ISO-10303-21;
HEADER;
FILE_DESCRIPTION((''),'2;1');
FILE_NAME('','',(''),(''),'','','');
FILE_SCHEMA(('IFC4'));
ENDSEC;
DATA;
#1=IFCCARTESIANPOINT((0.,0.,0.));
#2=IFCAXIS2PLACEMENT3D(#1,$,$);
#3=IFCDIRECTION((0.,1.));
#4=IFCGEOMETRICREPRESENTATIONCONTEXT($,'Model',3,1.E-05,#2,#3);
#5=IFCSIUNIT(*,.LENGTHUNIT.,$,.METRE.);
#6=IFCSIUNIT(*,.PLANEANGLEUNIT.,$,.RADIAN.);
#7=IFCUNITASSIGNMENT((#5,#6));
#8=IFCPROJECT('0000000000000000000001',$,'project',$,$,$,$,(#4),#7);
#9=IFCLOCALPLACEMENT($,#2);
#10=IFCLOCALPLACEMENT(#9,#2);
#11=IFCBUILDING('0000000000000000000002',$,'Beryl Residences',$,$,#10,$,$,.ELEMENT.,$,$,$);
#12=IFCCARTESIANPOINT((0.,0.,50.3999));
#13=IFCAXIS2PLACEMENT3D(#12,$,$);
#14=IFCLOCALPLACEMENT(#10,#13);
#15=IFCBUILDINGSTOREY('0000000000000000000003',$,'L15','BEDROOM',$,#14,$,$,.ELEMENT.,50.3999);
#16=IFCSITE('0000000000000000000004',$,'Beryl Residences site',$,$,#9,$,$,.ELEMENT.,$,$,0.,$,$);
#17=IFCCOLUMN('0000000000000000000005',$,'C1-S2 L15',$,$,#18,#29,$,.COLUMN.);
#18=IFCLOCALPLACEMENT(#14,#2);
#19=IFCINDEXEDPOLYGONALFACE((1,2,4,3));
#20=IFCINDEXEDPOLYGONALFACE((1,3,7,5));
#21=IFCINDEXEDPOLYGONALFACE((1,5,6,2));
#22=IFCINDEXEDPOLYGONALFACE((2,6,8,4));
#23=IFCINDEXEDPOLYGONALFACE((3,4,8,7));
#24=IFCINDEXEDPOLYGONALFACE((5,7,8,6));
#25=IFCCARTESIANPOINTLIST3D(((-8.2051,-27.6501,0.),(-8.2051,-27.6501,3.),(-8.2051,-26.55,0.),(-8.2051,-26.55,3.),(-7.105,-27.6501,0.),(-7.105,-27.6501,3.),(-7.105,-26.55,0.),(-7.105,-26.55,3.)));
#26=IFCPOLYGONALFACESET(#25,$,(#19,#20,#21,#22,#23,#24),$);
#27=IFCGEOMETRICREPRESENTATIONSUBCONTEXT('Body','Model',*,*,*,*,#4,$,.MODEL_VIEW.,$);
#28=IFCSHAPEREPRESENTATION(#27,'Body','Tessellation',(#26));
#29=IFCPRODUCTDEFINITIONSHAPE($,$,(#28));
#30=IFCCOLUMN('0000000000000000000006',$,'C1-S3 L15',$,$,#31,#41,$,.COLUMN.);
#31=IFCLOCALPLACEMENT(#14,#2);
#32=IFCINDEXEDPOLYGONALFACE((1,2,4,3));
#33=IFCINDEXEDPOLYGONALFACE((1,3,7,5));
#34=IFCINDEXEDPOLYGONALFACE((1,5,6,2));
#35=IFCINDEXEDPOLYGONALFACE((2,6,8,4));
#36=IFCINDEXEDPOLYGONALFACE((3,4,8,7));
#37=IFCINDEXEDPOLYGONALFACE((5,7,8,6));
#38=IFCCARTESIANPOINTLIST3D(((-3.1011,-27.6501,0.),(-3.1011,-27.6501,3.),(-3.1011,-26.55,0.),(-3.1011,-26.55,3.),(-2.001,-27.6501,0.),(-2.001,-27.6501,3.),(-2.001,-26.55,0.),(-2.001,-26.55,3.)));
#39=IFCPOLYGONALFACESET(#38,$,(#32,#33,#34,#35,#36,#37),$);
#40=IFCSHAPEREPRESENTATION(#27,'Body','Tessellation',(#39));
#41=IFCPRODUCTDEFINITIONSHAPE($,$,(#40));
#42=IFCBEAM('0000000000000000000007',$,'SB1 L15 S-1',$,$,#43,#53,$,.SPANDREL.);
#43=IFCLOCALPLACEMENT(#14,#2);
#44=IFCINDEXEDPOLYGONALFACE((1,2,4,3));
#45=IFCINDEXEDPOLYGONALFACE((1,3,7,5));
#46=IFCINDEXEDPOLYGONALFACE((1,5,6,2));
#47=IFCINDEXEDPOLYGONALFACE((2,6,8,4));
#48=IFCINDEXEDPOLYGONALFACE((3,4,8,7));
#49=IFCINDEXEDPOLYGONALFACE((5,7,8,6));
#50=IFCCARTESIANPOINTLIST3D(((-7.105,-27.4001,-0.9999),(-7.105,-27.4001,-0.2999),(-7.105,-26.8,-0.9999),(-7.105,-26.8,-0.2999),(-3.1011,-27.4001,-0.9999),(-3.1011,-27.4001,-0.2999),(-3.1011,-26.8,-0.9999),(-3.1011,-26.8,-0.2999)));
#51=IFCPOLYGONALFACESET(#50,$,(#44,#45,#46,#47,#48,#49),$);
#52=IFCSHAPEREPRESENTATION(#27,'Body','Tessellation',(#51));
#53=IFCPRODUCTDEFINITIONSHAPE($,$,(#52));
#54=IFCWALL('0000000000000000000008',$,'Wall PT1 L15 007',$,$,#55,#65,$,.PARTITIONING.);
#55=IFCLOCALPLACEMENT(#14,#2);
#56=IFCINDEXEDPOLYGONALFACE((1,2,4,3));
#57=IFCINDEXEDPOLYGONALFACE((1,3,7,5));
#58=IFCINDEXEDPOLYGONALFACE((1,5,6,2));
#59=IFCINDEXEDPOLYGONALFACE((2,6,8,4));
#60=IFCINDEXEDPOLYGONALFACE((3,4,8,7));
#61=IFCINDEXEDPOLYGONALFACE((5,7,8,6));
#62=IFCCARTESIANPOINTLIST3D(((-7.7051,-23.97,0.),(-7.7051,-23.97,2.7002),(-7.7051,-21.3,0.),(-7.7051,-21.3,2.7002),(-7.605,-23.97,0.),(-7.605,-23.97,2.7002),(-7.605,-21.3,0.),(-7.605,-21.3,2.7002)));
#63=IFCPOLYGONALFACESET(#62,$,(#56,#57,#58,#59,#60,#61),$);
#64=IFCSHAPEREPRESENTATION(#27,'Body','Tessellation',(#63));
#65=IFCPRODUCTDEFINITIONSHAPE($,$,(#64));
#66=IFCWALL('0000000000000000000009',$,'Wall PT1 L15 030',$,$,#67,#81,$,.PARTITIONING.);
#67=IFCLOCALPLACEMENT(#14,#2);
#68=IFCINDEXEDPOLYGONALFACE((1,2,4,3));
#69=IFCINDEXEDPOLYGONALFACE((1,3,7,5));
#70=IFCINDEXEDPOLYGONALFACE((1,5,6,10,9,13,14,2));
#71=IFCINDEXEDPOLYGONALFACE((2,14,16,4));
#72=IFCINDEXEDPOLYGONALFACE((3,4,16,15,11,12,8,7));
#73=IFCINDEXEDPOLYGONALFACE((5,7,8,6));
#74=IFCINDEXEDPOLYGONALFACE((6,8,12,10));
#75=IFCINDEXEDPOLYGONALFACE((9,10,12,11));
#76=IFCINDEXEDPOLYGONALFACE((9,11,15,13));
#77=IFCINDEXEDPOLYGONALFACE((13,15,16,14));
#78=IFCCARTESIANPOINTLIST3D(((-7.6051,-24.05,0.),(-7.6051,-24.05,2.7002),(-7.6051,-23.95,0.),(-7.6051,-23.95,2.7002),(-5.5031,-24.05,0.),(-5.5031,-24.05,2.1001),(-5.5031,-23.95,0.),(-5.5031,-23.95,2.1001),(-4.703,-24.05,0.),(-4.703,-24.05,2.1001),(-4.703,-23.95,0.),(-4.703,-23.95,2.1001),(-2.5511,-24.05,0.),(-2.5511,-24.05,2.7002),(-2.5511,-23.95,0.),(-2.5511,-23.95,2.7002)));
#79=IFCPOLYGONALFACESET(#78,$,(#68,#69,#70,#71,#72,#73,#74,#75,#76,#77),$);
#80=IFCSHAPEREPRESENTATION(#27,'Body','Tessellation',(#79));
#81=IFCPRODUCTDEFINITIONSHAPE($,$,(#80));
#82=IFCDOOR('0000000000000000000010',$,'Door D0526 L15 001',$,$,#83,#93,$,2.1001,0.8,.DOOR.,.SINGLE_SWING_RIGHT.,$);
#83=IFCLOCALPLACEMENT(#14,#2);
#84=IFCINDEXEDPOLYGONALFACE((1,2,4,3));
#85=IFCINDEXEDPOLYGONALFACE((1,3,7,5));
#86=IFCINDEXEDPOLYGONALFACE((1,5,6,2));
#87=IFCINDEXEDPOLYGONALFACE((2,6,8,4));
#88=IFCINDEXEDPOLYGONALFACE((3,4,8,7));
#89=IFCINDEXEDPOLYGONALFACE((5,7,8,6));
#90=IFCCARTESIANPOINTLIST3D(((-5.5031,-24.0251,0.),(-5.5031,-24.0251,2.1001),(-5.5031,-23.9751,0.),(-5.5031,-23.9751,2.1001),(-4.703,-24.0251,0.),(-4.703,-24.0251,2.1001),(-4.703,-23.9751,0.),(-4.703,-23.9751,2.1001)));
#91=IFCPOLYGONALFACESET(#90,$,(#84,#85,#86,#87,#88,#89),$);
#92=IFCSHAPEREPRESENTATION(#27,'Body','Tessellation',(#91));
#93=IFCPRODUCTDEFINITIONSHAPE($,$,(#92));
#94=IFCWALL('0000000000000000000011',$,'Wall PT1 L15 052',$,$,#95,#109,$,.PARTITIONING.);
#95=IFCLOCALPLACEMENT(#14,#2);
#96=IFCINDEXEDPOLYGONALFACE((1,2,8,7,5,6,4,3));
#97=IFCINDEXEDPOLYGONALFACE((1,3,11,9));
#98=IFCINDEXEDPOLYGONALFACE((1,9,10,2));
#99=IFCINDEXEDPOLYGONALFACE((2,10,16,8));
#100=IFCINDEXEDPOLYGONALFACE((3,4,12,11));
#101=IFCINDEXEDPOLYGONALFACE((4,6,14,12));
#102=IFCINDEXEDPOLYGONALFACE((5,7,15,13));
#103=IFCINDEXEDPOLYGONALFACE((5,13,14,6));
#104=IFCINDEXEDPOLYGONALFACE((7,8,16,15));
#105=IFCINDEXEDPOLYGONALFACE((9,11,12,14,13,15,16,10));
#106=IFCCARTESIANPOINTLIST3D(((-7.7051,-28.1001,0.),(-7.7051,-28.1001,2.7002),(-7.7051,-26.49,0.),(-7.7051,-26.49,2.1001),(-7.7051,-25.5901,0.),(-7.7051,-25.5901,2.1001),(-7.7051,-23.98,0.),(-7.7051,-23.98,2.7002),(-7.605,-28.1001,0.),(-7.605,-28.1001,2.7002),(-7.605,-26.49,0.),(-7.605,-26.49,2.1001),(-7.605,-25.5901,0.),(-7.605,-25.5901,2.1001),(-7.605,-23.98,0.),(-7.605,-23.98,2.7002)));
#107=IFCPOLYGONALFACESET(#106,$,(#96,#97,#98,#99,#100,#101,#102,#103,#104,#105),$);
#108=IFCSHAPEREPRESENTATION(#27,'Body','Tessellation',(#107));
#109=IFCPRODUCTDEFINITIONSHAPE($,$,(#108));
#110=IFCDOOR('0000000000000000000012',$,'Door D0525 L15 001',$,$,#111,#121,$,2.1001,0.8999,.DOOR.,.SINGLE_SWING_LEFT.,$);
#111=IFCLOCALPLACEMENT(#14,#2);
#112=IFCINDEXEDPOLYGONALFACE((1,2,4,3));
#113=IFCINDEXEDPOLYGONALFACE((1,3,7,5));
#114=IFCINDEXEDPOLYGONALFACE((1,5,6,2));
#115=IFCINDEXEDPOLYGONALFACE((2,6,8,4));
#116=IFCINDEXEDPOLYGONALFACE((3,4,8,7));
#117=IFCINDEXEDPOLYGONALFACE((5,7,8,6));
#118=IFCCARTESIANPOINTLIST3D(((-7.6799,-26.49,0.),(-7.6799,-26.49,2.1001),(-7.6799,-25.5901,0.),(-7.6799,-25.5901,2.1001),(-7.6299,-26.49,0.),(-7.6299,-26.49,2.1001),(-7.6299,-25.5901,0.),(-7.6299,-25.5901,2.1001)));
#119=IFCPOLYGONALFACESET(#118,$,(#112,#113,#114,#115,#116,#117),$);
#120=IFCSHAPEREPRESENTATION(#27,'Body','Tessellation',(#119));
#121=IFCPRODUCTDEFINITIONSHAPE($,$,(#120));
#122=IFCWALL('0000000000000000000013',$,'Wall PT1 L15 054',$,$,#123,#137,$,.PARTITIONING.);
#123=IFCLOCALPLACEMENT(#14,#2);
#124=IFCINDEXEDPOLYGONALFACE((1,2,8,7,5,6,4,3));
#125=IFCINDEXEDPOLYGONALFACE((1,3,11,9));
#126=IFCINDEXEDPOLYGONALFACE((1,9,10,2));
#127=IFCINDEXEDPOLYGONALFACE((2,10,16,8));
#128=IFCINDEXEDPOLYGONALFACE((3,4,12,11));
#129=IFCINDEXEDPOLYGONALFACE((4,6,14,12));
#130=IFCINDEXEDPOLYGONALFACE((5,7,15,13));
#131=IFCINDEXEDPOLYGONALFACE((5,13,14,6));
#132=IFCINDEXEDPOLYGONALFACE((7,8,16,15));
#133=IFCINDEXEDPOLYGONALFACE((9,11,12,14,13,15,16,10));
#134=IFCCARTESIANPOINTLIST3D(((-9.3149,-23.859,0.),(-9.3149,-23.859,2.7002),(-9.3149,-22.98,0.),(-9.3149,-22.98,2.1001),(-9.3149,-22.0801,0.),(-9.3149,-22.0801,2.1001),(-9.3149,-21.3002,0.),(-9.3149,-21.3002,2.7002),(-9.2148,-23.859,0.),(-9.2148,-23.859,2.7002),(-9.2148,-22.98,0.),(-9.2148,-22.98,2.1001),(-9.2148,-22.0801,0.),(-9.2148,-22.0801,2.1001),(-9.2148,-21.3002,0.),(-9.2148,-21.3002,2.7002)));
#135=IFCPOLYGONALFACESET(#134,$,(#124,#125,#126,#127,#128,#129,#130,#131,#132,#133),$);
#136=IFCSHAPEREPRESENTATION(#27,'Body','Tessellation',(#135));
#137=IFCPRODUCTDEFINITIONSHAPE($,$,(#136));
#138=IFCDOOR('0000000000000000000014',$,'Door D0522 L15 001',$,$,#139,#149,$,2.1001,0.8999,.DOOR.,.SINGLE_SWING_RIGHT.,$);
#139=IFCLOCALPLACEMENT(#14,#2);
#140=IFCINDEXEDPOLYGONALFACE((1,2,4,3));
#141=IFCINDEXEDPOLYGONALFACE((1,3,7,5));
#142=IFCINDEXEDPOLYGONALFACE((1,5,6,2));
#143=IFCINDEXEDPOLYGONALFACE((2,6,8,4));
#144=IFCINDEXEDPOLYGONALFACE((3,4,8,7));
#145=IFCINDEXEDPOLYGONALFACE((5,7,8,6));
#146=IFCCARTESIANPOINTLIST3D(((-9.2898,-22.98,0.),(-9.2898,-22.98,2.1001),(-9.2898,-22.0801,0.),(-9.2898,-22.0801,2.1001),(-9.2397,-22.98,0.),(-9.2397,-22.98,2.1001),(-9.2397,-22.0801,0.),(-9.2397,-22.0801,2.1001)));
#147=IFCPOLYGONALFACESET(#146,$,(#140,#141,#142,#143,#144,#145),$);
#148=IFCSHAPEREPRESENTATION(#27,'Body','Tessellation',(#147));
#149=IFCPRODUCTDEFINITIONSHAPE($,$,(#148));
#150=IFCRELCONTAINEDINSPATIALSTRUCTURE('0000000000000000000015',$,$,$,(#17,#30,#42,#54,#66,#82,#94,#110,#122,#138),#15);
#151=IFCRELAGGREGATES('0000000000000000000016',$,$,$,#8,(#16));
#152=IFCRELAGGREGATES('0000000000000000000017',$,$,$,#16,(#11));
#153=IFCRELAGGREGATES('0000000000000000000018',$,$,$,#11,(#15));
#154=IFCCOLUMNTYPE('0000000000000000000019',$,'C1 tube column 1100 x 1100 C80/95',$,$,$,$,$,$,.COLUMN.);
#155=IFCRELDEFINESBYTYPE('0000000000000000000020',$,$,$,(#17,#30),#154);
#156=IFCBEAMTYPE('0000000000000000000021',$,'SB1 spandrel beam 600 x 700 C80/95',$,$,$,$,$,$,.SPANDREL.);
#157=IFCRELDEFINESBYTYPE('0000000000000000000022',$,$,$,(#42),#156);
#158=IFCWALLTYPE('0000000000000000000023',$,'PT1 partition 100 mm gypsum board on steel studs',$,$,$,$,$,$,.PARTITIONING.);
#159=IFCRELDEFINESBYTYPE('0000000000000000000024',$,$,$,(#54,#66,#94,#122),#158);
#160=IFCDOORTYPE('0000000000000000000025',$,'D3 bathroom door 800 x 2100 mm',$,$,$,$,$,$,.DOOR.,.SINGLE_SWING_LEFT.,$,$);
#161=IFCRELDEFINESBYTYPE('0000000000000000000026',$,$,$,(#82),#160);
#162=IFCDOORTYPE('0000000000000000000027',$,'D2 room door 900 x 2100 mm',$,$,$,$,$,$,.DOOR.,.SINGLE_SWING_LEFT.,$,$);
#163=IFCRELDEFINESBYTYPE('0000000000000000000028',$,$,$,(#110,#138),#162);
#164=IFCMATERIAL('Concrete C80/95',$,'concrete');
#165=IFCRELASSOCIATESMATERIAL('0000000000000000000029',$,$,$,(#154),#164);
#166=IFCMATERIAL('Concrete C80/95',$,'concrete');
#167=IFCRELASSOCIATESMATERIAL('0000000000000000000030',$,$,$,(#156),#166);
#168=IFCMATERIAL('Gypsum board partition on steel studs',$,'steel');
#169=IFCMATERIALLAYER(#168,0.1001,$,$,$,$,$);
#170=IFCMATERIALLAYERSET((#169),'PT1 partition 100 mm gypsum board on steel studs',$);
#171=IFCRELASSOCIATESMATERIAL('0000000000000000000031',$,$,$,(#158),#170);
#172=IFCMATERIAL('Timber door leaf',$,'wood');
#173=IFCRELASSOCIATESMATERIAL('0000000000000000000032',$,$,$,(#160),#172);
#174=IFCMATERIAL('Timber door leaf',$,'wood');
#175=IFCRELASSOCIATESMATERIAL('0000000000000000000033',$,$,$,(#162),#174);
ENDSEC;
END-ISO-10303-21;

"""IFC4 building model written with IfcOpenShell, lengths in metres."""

from ifc_helpers import new_model, si_unit, direction, frame, frame_2d, origin, origin_2d, place, context, subcontext, project, spatial, rectangle, extrude, material, layer, layer_set, material_profile, profile_set, type_object, element, fill, save


model = new_model("IFC4")

# Units and contexts
model_context = context("Model", 3, precision=1e-05, world=origin(), true_north=direction((0.0, 1.0)))
body_context = subcontext(model_context, "Body", "Model", "MODEL_VIEW")
ifc_project = project(units=[si_unit("LENGTHUNIT", "METRE"), si_unit("PLANEANGLEUNIT", "RADIAN")], contexts=[model_context])

# Site, building, storey
site_placement = place(None, origin())
site = spatial("IfcSite", under=ifc_project, at=site_placement, Name="Beryl Residences site", CompositionType="ELEMENT", RefElevation=0.0)
building_placement = place(site_placement, origin())
building = spatial("IfcBuilding", under=site, at=building_placement, Name="Beryl Residences", CompositionType="ELEMENT")
storey_placement = place(building_placement, frame((0.0, 0.0, 50.3999)))
storey = spatial("IfcBuildingStorey", under=building, at=storey_placement, Name="L15", Description="BEDROOM", CompositionType="ELEMENT", Elevation=50.3999)

# Columns
ifc_material_1 = material(Name="Concrete C80/95", Category="concrete")
ifc_material_profile_1 = material_profile(ifc_material_1, rectangle(XDim=1.1001, YDim=1.1001, at=origin_2d()))
ifc_profile_set_1 = profile_set([ifc_material_profile_1], Name="Concrete C80/95")
column_type = type_object("IfcColumnType", Name="C1 tube column 1100 x 1100 C80/95", PredefinedType="COLUMN", material=ifc_profile_set_1)
for number, where, z_axis, x_axis, name in (
    (1, (-7.655, -27.1001, 0.0), (0.0, 0.0, 1.0), (1.0, 0.0, 0.0), "C1-S2 L15"),
    (2, (-2.551, -27.1001, 0.0), (0.0, 0.0, 1.0), (1.0, 0.0, 0.0), "C1-S3 L15"),
):
    element("IfcColumn", number, at=place(storey_placement, frame(where, z_axis=z_axis, x_axis=x_axis)), inside=storey, type_object=column_type, Name=name, PredefinedType="COLUMN", context=body_context, shape_type="SweptSolid", body=[
        extrude(rectangle(XDim=1.1001, YDim=1.1001, at=origin_2d()), origin(), (0.0, 0.0, 1.0), 3.0),
    ])

# Beam
ifc_material_2 = material(Name="Concrete C80/95", Category="concrete")
ifc_material_profile_2 = material_profile(ifc_material_2, rectangle(XDim=0.6001, YDim=0.7, at=origin_2d()))
ifc_profile_set_2 = profile_set([ifc_material_profile_2], Name="Concrete C80/95")
beam_type = type_object("IfcBeamType", Name="SB1 spandrel beam 600 x 700 C80/95", PredefinedType="SPANDREL", material=ifc_profile_set_2)
beam_placement = place(storey_placement, frame((-7.105, -27.1001, -0.6499), z_axis=(1.0, 0.0, 0.0), x_axis=(0.0, 1.0, 0.0)))
element("IfcBeam", 3, at=beam_placement, inside=storey, type_object=beam_type, Name="SB1 L15 S-1", PredefinedType="SPANDREL", context=body_context, shape_type="SweptSolid", body=[
    extrude(rectangle(XDim=0.6001, YDim=0.7, at=origin_2d()), origin(), (0.0, 0.0, 1.0), 4.0039),
])

# Wall
ifc_material_3 = material(Name="Gypsum board partition on steel studs", Category="steel")
ifc_layer_1 = layer(ifc_material_3, 0.1001)
ifc_layer_set_1 = layer_set([ifc_layer_1], Name="PT1 partition 100 mm gypsum board on steel studs")
wall_type_1 = type_object("IfcWallType", Name="PT1 partition 100 mm gypsum board on steel studs", PredefinedType="PARTITIONING", material=ifc_layer_set_1)
wall_1_placement = place(storey_placement, frame((-7.655, -21.3, 0.0), z_axis=(0.0, 0.0, 1.0), x_axis=(0.0, -1.0, 0.0)))
element("IfcWall", 4, at=wall_1_placement, inside=storey, type_object=wall_type_1, Name="Wall PT1 L15 007", PredefinedType="PARTITIONING", context=body_context, shape_type="SweptSolid", body=[
    extrude(rectangle(XDim=2.6699, YDim=0.1001, at=frame_2d((1.335, 0.0))), origin(), (0.0, 0.0, 1.0), 2.7002),
])

# Walls, openings, doors
wall_2_placement = place(storey_placement, frame((-7.605, -24.0, 0.0), z_axis=(0.0, 0.0, 1.0), x_axis=(1.0, 0.0, 0.0)))
wall_2 = element("IfcWall", 5, at=wall_2_placement, inside=storey, type_object=wall_type_1, Name="Wall PT1 L15 030", PredefinedType="PARTITIONING", context=body_context, shape_type="SweptSolid", body=[
    extrude(rectangle(XDim=5.054, YDim=0.1001, at=frame_2d((2.5269, 0.0))), origin(), (0.0, 0.0, 1.0), 2.7002),
])
opening_1_placement = place(wall_2_placement, frame((2.1021, 0.0, 0.0)))
opening_1 = element("IfcOpeningElement", 6, at=opening_1_placement, cuts=wall_2, PredefinedType="OPENING", context=body_context, shape_type="SweptSolid", body=[
    extrude(rectangle(XDim=0.8, YDim=2.1001, at=frame_2d((0.3999, 1.05))), frame((0.0, 0.0601, 0.0), z_axis=(0.0, -1.0, 0.0), x_axis=(1.0, 0.0, 0.0)), (0.0, 0.0, 1.0), 0.1201),
])
ifc_material_4 = material(Name="Timber door leaf", Category="wood")
door_type_1 = type_object("IfcDoorType", Name="D3 bathroom door 800 x 2100 mm", OperationType="SINGLE_SWING_LEFT", PredefinedType="DOOR", material=ifc_material_4)
door_1_placement = place(opening_1_placement, origin())
door_1 = element("IfcDoor", 7, at=door_1_placement, inside=storey, type_object=door_type_1, Name="Door D0526 L15 001", OperationType="SINGLE_SWING_RIGHT", OverallHeight=2.1001, OverallWidth=0.8, PredefinedType="DOOR", context=body_context, shape_type="SweptSolid", body=[
    extrude(rectangle(XDim=0.8, YDim=2.1001, at=frame_2d((0.3999, 1.05))), frame((0.0, 0.0249, 0.0), z_axis=(0.0, -1.0, 0.0), x_axis=(1.0, 0.0, 0.0)), (0.0, 0.0, 1.0), 0.05),
])
fill(opening_1, door_1)
wall_3_placement = place(storey_placement, frame((-7.655, -28.1001, 0.0), z_axis=(0.0, 0.0, 1.0), x_axis=(0.0, 1.0, 0.0)))
wall_3 = element("IfcWall", 8, at=wall_3_placement, inside=storey, type_object=wall_type_1, Name="Wall PT1 L15 052", PredefinedType="PARTITIONING", context=body_context, shape_type="SweptSolid", body=[
    extrude(rectangle(XDim=4.1201, YDim=0.1001, at=frame_2d((2.0601, 0.0))), origin(), (0.0, 0.0, 1.0), 2.7002),
])
opening_2_placement = place(wall_3_placement, frame((1.6101, 0.0, 0.0)))
opening_2 = element("IfcOpeningElement", 9, at=opening_2_placement, cuts=wall_3, PredefinedType="OPENING", context=body_context, shape_type="SweptSolid", body=[
    extrude(rectangle(XDim=0.8999, YDim=2.1001, at=frame_2d((0.45, 1.05))), frame((0.0, 0.0601, 0.0), z_axis=(0.0, -1.0, 0.0), x_axis=(1.0, 0.0, 0.0)), (0.0, 0.0, 1.0), 0.1201),
])
ifc_material_5 = material(Name="Timber door leaf", Category="wood")
door_type_2 = type_object("IfcDoorType", Name="D2 room door 900 x 2100 mm", OperationType="SINGLE_SWING_LEFT", PredefinedType="DOOR", material=ifc_material_5)
door_2_placement = place(opening_2_placement, origin())
door_2 = element("IfcDoor", 10, at=door_2_placement, inside=storey, type_object=door_type_2, Name="Door D0525 L15 001", OperationType="SINGLE_SWING_LEFT", OverallHeight=2.1001, OverallWidth=0.8999, PredefinedType="DOOR", context=body_context, shape_type="SweptSolid", body=[
    extrude(rectangle(XDim=0.8999, YDim=2.1001, at=frame_2d((0.45, 1.05))), frame((0.0, 0.0249, 0.0), z_axis=(0.0, -1.0, 0.0), x_axis=(1.0, 0.0, 0.0)), (0.0, 0.0, 1.0), 0.05),
])
fill(opening_2, door_2)
wall_4_placement = place(storey_placement, frame((-9.2649, -23.8589, 0.0), z_axis=(0.0, 0.0, 1.0), x_axis=(0.0, 1.0, 0.0)))
wall_4 = element("IfcWall", 11, at=wall_4_placement, inside=storey, type_object=wall_type_1, Name="Wall PT1 L15 054", PredefinedType="PARTITIONING", context=body_context, shape_type="SweptSolid", body=[
    extrude(rectangle(XDim=2.5588, YDim=0.1001, at=frame_2d((1.2793, 0.0))), origin(), (0.0, 0.0, 1.0), 2.7002),
])
opening_3_placement = place(wall_4_placement, frame((0.8789, 0.0, 0.0)))
opening_3 = element("IfcOpeningElement", 12, at=opening_3_placement, cuts=wall_4, PredefinedType="OPENING", context=body_context, shape_type="SweptSolid", body=[
    extrude(rectangle(XDim=0.8999, YDim=2.1001, at=frame_2d((0.45, 1.05))), frame((0.0, 0.0601, 0.0), z_axis=(0.0, -1.0, 0.0), x_axis=(1.0, 0.0, 0.0)), (0.0, 0.0, 1.0), 0.1201),
])
door_3_placement = place(opening_3_placement, origin())
door_3 = element("IfcDoor", 13, at=door_3_placement, inside=storey, type_object=door_type_2, Name="Door D0522 L15 001", OperationType="SINGLE_SWING_RIGHT", OverallHeight=2.1001, OverallWidth=0.8999, PredefinedType="DOOR", context=body_context, shape_type="SweptSolid", body=[
    extrude(rectangle(XDim=0.8999, YDim=2.1001, at=frame_2d((0.45, 1.05))), frame((0.0, 0.0249, 0.0), z_axis=(0.0, -1.0, 0.0), x_axis=(1.0, 0.0, 0.0)), (0.0, 0.0, 1.0), 0.05),
])
fill(opening_3, door_3)

save(model, "model.ifc")
